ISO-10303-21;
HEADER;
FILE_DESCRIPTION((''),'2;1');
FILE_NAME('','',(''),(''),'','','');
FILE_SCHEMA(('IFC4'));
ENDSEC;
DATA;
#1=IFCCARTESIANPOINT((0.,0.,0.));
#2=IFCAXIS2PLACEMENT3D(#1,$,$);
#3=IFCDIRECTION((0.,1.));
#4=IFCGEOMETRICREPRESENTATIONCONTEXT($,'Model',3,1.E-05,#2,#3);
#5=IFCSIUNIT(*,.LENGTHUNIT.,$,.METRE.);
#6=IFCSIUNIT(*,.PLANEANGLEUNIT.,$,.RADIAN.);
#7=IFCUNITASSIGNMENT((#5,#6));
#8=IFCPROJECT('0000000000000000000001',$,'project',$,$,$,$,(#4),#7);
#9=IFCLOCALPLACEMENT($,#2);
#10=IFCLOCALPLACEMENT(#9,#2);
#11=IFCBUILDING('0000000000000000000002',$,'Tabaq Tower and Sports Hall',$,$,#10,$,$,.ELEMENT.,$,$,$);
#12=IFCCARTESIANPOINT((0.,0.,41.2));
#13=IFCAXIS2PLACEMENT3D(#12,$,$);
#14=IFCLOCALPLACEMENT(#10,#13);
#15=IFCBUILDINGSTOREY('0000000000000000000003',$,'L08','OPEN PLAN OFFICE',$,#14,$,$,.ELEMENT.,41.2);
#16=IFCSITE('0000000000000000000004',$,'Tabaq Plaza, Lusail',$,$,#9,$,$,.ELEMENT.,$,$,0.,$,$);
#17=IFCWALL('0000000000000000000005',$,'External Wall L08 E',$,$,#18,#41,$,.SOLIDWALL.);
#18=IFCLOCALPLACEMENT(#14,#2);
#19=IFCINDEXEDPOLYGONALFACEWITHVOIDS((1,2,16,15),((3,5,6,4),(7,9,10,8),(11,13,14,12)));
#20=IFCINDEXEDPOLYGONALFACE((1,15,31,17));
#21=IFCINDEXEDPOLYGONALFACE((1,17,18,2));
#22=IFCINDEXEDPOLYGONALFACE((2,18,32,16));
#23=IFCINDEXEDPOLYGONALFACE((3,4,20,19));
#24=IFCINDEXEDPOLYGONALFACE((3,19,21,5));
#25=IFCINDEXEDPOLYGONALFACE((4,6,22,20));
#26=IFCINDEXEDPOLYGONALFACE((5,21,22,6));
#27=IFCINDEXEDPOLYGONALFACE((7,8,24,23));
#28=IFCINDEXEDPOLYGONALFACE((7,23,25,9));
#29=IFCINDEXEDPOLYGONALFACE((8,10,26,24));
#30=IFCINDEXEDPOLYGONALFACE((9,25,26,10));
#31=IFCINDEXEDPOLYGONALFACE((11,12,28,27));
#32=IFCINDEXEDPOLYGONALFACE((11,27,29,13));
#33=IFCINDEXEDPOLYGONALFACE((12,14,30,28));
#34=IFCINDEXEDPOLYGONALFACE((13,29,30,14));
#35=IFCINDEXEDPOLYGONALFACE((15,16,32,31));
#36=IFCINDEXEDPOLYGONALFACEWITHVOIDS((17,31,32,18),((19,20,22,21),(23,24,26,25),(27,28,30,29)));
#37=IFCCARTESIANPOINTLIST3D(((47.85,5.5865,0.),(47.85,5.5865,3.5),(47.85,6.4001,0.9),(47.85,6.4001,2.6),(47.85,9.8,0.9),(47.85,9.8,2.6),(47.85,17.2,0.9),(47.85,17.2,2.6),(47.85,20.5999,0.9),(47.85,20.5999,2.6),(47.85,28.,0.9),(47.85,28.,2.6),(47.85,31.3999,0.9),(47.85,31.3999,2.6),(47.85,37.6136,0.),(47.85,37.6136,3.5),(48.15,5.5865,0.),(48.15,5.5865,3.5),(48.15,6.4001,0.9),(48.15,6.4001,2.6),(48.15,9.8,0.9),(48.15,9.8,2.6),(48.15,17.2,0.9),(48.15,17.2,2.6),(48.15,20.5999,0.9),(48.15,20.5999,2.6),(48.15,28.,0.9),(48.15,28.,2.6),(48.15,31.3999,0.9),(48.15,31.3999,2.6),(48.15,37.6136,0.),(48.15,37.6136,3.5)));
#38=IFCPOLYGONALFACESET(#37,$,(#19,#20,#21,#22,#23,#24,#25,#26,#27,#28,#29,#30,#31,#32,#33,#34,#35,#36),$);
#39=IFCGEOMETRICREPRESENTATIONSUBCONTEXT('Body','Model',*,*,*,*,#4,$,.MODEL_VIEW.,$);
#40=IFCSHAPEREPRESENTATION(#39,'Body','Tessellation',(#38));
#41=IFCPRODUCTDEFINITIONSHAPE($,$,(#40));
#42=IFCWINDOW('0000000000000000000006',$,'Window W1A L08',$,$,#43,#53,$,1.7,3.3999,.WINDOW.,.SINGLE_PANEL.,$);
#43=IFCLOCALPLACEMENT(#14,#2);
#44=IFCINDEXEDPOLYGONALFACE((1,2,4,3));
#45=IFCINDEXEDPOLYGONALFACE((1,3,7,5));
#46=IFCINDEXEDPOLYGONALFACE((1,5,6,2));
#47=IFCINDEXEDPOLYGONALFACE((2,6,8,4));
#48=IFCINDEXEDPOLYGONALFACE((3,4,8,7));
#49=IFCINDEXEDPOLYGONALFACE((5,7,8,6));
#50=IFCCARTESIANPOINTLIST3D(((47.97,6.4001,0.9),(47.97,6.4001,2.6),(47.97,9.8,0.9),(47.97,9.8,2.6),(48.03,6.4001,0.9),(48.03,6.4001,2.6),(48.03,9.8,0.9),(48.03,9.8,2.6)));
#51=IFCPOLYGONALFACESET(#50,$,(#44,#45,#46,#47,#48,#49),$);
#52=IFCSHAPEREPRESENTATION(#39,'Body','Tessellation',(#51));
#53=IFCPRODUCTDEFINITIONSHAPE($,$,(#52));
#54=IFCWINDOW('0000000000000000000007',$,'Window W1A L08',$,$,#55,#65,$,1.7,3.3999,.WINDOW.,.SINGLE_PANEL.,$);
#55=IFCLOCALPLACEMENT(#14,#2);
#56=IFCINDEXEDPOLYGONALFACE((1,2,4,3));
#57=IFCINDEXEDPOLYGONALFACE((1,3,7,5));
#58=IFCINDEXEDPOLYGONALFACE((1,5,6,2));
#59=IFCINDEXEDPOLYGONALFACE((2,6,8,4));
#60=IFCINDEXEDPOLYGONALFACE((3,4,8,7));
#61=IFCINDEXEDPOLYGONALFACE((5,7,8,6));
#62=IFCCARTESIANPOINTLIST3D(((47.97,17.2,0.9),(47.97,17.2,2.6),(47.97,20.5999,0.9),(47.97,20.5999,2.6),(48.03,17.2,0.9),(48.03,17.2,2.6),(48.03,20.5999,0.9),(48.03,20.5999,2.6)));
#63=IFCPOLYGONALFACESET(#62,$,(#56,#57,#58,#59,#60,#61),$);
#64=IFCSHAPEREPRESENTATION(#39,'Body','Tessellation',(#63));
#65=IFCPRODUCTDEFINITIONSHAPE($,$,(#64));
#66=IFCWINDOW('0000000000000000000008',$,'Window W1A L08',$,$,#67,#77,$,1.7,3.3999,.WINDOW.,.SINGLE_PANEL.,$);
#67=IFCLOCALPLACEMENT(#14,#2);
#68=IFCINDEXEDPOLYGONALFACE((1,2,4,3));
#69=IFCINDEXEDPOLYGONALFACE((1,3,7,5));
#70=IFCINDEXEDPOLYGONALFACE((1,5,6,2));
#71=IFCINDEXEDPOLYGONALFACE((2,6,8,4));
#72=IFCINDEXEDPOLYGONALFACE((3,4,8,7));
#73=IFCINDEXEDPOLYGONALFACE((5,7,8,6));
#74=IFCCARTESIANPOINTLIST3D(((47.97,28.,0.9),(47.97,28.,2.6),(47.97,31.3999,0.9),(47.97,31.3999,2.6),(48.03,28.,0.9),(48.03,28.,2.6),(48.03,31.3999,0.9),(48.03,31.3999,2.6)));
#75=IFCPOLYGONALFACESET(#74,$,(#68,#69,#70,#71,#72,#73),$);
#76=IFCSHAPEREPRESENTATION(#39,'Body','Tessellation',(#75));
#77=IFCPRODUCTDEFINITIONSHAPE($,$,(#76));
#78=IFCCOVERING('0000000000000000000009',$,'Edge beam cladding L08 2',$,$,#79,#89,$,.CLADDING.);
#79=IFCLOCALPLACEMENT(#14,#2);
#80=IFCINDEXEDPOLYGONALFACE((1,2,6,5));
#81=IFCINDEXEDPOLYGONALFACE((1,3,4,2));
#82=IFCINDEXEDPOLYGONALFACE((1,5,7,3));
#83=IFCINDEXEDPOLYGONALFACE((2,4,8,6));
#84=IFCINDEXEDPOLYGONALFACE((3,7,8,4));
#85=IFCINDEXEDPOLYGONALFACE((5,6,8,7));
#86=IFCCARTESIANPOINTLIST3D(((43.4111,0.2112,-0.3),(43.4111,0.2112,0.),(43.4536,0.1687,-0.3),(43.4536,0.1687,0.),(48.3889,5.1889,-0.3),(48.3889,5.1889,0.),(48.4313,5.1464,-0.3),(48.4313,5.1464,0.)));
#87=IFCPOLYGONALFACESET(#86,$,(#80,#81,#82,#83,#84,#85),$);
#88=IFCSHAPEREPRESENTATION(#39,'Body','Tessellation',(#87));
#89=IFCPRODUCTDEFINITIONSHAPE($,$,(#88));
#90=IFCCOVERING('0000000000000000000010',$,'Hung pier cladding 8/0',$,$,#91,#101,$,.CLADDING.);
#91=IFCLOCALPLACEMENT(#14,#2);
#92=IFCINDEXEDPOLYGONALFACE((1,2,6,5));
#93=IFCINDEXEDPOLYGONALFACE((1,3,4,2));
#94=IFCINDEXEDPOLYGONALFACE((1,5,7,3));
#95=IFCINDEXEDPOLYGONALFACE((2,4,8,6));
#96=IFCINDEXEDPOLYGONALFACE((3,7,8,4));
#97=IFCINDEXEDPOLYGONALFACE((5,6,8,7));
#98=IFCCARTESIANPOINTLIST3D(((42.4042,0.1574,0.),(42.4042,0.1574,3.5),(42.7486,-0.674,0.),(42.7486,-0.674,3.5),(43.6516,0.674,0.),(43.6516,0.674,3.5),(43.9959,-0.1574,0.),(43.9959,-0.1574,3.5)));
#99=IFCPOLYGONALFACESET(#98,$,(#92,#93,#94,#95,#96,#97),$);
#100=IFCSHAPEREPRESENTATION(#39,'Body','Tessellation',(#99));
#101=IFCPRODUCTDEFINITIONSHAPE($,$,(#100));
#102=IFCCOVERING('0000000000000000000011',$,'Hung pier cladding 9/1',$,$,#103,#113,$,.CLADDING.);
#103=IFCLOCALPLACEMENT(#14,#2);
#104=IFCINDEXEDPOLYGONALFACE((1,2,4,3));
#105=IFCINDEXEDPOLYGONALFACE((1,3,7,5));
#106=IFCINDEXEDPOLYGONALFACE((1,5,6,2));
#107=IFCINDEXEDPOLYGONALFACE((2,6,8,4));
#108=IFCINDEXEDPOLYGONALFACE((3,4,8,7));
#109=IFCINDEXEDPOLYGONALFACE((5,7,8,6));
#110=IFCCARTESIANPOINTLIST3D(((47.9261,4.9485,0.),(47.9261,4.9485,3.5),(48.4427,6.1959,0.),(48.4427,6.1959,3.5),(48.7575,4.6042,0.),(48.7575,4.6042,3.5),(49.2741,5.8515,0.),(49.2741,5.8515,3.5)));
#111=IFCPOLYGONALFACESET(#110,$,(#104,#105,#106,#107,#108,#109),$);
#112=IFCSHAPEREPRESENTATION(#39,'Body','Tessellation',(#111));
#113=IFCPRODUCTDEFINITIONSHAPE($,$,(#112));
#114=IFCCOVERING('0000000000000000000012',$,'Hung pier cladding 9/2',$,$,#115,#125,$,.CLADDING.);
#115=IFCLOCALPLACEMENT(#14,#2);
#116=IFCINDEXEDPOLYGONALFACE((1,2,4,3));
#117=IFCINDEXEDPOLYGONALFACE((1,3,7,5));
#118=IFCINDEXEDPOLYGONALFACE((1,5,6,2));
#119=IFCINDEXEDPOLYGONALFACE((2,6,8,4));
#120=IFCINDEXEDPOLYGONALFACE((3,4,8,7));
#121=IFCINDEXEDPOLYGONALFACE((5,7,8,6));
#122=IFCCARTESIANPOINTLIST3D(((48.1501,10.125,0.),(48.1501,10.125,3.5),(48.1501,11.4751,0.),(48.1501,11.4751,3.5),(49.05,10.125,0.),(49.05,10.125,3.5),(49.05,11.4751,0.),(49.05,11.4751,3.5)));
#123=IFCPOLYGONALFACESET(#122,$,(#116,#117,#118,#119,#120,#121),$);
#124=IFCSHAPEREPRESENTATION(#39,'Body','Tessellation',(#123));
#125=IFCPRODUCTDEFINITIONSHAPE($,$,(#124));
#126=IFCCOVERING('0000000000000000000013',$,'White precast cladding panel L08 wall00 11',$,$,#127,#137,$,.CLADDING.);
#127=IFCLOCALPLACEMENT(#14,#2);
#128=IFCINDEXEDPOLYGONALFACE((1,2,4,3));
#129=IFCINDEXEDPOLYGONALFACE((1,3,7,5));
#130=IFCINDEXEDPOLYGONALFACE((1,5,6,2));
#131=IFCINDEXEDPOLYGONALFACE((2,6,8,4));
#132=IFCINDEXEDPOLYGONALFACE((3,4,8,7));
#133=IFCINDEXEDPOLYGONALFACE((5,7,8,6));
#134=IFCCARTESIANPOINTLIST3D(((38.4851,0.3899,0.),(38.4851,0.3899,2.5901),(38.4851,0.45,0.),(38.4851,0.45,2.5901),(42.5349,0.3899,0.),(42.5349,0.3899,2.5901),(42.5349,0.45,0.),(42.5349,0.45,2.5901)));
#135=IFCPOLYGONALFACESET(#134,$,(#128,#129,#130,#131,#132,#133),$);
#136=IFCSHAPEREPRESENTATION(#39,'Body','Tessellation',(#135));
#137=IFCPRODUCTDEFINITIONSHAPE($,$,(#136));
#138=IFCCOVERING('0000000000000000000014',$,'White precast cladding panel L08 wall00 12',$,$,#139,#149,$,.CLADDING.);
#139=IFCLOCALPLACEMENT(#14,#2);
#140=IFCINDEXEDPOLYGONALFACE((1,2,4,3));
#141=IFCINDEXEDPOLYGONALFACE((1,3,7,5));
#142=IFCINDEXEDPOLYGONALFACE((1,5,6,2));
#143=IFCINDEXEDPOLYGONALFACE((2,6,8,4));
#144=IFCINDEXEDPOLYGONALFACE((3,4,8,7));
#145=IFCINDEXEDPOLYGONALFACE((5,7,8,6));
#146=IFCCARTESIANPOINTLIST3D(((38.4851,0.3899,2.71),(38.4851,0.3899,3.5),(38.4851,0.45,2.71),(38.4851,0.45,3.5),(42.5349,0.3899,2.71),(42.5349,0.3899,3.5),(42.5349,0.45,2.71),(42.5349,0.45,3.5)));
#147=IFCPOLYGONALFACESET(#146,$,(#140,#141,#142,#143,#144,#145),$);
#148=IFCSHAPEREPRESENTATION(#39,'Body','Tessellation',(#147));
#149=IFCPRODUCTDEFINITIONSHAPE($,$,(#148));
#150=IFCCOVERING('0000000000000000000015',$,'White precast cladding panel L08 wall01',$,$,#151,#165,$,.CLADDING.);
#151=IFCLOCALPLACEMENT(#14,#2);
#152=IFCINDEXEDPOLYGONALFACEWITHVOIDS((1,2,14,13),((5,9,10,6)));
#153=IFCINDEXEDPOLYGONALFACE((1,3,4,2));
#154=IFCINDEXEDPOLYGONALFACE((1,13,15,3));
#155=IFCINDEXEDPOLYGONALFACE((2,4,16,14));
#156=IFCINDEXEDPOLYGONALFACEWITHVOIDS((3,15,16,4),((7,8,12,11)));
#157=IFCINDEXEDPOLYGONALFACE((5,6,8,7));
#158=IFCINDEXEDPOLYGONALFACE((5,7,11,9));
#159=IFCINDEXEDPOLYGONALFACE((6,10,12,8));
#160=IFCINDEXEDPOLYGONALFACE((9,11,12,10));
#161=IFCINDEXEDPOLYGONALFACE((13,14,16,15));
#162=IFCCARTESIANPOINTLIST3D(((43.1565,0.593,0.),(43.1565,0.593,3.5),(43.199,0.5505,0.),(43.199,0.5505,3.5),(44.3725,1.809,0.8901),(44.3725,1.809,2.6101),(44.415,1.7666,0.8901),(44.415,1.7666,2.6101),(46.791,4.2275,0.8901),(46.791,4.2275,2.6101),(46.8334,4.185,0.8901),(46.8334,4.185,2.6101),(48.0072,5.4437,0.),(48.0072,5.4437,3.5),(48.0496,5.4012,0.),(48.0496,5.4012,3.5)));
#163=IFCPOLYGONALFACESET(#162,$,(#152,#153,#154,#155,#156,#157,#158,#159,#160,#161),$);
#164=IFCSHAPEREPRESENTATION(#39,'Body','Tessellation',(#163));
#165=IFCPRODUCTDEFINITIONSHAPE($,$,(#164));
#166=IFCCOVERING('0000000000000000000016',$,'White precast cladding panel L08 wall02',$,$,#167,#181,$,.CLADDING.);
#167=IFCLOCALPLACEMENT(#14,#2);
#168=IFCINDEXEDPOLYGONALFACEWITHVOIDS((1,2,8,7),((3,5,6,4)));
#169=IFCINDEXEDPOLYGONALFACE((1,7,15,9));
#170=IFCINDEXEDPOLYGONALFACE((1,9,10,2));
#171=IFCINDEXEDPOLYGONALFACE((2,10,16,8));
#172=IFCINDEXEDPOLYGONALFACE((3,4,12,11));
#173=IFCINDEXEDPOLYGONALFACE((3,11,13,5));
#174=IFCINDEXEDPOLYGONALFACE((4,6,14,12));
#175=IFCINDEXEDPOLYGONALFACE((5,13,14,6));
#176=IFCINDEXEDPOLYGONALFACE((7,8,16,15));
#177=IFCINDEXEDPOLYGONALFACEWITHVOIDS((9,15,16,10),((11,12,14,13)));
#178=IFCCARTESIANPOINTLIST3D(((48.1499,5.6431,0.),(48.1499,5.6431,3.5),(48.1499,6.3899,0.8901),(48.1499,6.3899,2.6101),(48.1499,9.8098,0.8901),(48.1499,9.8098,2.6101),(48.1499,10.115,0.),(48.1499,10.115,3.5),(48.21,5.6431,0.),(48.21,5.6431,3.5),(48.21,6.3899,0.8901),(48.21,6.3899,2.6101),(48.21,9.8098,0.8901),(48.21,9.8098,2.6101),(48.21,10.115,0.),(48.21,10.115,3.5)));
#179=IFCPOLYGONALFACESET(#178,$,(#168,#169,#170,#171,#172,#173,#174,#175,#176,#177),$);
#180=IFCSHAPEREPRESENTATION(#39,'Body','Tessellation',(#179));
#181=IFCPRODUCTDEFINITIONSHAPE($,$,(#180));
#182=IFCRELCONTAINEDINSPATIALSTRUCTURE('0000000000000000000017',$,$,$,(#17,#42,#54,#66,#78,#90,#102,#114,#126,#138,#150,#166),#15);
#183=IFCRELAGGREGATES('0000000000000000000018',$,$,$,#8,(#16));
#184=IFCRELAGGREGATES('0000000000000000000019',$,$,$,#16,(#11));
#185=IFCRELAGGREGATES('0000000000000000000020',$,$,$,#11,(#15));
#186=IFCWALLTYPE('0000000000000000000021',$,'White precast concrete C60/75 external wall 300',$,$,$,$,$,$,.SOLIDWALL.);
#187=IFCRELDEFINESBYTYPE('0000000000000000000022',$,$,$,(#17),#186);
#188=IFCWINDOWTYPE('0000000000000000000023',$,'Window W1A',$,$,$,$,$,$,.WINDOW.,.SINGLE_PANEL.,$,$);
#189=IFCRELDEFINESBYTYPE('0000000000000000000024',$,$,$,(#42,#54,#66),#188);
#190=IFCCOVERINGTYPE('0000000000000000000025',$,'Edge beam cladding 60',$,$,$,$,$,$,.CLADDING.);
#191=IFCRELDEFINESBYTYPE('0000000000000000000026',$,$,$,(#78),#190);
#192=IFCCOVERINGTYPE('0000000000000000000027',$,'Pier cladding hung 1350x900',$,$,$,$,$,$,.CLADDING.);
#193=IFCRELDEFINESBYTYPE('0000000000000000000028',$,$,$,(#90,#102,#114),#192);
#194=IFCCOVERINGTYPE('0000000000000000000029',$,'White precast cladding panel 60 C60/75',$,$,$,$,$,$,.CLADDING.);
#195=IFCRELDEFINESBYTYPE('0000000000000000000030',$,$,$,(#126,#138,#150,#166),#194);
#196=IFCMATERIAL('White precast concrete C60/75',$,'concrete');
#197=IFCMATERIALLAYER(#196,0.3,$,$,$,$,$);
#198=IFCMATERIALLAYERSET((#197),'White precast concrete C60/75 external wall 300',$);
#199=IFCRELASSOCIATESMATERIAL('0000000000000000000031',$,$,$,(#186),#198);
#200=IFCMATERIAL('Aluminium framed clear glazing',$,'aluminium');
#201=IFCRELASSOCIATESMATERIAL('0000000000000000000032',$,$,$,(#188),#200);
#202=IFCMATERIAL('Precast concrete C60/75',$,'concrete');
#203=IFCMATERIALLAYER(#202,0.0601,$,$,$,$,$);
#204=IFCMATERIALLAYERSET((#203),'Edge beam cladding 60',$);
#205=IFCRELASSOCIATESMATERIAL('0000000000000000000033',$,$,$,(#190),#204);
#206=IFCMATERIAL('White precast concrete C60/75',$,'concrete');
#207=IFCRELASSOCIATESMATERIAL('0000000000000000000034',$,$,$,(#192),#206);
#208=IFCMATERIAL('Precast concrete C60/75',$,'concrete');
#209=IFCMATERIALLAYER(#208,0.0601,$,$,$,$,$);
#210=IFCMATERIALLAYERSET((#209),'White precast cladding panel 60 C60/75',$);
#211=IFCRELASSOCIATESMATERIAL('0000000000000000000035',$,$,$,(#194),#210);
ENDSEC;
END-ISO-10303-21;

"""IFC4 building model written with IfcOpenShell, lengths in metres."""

from ifc_helpers import new_model, si_unit, direction, frame, frame_2d, origin, place, context, subcontext, project, spatial, polyline, rectangle, outline, extrude, material, layer, layer_set, type_object, element, fill, save


model = new_model("IFC4")

# Units and contexts
model_context = context("Model", 3, precision=1e-05, world=origin(), true_north=direction((0.0, 1.0)))
body_context = subcontext(model_context, "Body", "Model", "MODEL_VIEW")
ifc_project = project(units=[si_unit("LENGTHUNIT", "METRE"), si_unit("PLANEANGLEUNIT", "RADIAN")], contexts=[model_context])

# Site, building, storey
site_placement = place(None, origin())
site = spatial("IfcSite", under=ifc_project, at=site_placement, Name="Tabaq Plaza, Lusail", CompositionType="ELEMENT", RefElevation=0.0)
building_placement = place(site_placement, origin())
building = spatial("IfcBuilding", under=site, at=building_placement, Name="Tabaq Tower and Sports Hall", CompositionType="ELEMENT")
storey_placement = place(building_placement, frame((0.0, 0.0, 41.2)))
storey = spatial("IfcBuildingStorey", under=building, at=storey_placement, Name="L08", Description="OPEN PLAN OFFICE", CompositionType="ELEMENT", Elevation=41.2)

# Shared definitions
ifc_material_1 = material(Name="White precast concrete C60/75", Category="concrete")
ifc_layer_1 = layer(ifc_material_1, 0.3)
ifc_layer_set_1 = layer_set([ifc_layer_1], Name="White precast concrete C60/75 external wall 300")
wall_type_1 = type_object("IfcWallType", Name="White precast concrete C60/75 external wall 300", PredefinedType="SOLIDWALL", material=ifc_layer_set_1)
ifc_material_2 = material(Name="Aluminium framed clear glazing", Category="aluminium")
window_type = type_object("IfcWindowType", Name="Window W1A", PartitioningType="SINGLE_PANEL", PredefinedType="WINDOW", material=ifc_material_2)

# Wall, openings, windows
wall_1_placement = place(storey_placement, frame((48.0, 5.5864, 0.0), z_axis=(0.0, 0.0, 1.0), x_axis=(0.0, 1.0, 0.0)))
wall_1 = element("IfcWall", 1, at=wall_1_placement, inside=storey, type_object=wall_type_1, Name="External Wall L08 E", PredefinedType="SOLIDWALL", context=body_context, shape_type="SweptSolid", body=[
    extrude(rectangle(XDim=32.0271, YDim=0.3, at=frame_2d((16.0137, 0.0))), origin(), (0.0, 0.0, 1.0), 3.5),
])
opening_1_placement = place(wall_1_placement, frame((0.8137, 0.0, 0.8999)))
opening_1 = element("IfcOpeningElement", 2, at=opening_1_placement, cuts=wall_1, PredefinedType="OPENING", context=body_context, shape_type="SweptSolid", body=[
    extrude(rectangle(XDim=3.3999, YDim=1.7, at=frame_2d((1.7, 0.8501))), frame((0.0, 0.1602, 0.0), z_axis=(0.0, -1.0, 0.0), x_axis=(1.0, 0.0, 0.0)), (0.0, 0.0, 1.0), 0.3201),
])
opening_2_placement = place(wall_1_placement, frame((11.6135, 0.0, 0.8999)))
opening_2 = element("IfcOpeningElement", 3, at=opening_2_placement, cuts=wall_1, PredefinedType="OPENING", context=body_context, shape_type="SweptSolid", body=[
    extrude(rectangle(XDim=3.3999, YDim=1.7, at=frame_2d((1.7, 0.8501))), frame((0.0, 0.1602, 0.0), z_axis=(0.0, -1.0, 0.0), x_axis=(1.0, 0.0, 0.0)), (0.0, 0.0, 1.0), 0.3201),
])
opening_3_placement = place(wall_1_placement, frame((22.4136, 0.0, 0.8999)))
opening_3 = element("IfcOpeningElement", 4, at=opening_3_placement, cuts=wall_1, PredefinedType="OPENING", context=body_context, shape_type="SweptSolid", body=[
    extrude(rectangle(XDim=3.3999, YDim=1.7, at=frame_2d((1.7, 0.8501))), frame((0.0, 0.1602, 0.0), z_axis=(0.0, -1.0, 0.0), x_axis=(1.0, 0.0, 0.0)), (0.0, 0.0, 1.0), 0.3201),
])
window_1_placement = place(opening_1_placement, origin())
window_1 = element("IfcWindow", 5, at=window_1_placement, inside=storey, type_object=window_type, Name="Window W1A L08", OverallHeight=1.7, OverallWidth=3.3999, PartitioningType="SINGLE_PANEL", PredefinedType="WINDOW", context=body_context, shape_type="SweptSolid", body=[
    extrude(rectangle(XDim=3.3999, YDim=1.7, at=frame_2d((1.7, 0.8501))), frame((0.0, 0.03, 0.0), z_axis=(0.0, -1.0, 0.0), x_axis=(1.0, 0.0, 0.0)), (0.0, 0.0, 1.0), 0.0601),
])
fill(opening_1, window_1)
window_2_placement = place(opening_2_placement, origin())
window_2 = element("IfcWindow", 6, at=window_2_placement, inside=storey, type_object=window_type, Name="Window W1A L08", OverallHeight=1.7, OverallWidth=3.3999, PartitioningType="SINGLE_PANEL", PredefinedType="WINDOW", context=body_context, shape_type="SweptSolid", body=[
    extrude(rectangle(XDim=3.3999, YDim=1.7, at=frame_2d((1.7, 0.8501))), frame((0.0, 0.03, 0.0), z_axis=(0.0, -1.0, 0.0), x_axis=(1.0, 0.0, 0.0)), (0.0, 0.0, 1.0), 0.0601),
])
fill(opening_2, window_2)
window_3_placement = place(opening_3_placement, origin())
window_3 = element("IfcWindow", 7, at=window_3_placement, inside=storey, type_object=window_type, Name="Window W1A L08", OverallHeight=1.7, OverallWidth=3.3999, PartitioningType="SINGLE_PANEL", PredefinedType="WINDOW", context=body_context, shape_type="SweptSolid", body=[
    extrude(rectangle(XDim=3.3999, YDim=1.7, at=frame_2d((1.7, 0.8501))), frame((0.0, 0.03, 0.0), z_axis=(0.0, -1.0, 0.0), x_axis=(1.0, 0.0, 0.0)), (0.0, 0.0, 1.0), 0.0601),
])
fill(opening_3, window_3)

# Coverings
ifc_material_3 = material(Name="Precast concrete C60/75", Category="concrete")
ifc_layer_2 = layer(ifc_material_3, 0.0601)
ifc_layer_set_2 = layer_set([ifc_layer_2], Name="Edge beam cladding 60")
covering_type_1 = type_object("IfcCoveringType", Name="Edge beam cladding 60", PredefinedType="CLADDING", material=ifc_layer_set_2)
covering_1_placement = place(storey_placement, frame((43.4324, 0.1899, -0.3), z_axis=(0.0, 0.0, 1.0), x_axis=(0.707107, 0.707107, 0.0)))
element("IfcCovering", 8, at=covering_1_placement, inside=storey, type_object=covering_type_1, Name="Edge beam cladding L08 2", PredefinedType="CLADDING", context=body_context, shape_type="SweptSolid", body=[
    extrude(rectangle(XDim=7.0396, YDim=0.0601, at=frame_2d((3.5198, 0.0))), origin(), (0.0, 0.0, 1.0), 0.3),
])
ifc_material_4 = material(Name="White precast concrete C60/75", Category="concrete")
covering_type_2 = type_object("IfcCoveringType", Name="Pier cladding hung 1350x900", PredefinedType="CLADDING", material=ifc_material_4)
for number, where, z_axis, x_axis, name in (
    (9, (42.5764, -0.2583, 0.0), (0.0, 0.0, 1.0), (0.923893, 0.38265, 0.0), "Hung pier cladding 8/0"),
    (10, (48.3418, 4.7764, 0.0), (0.0, 0.0, 1.0), (0.38265, 0.923893, 0.0), "Hung pier cladding 9/1"),
    (11, (48.6001, 10.125, 0.0), (0.0, 0.0, 1.0), (0.0, 1.0, 0.0), "Hung pier cladding 9/2"),
):
    element("IfcCovering", number, at=place(storey_placement, frame(where, z_axis=z_axis, x_axis=x_axis)), inside=storey, type_object=covering_type_2, Name=name, PredefinedType="CLADDING", context=body_context, shape_type="SweptSolid", body=[
        extrude(rectangle(XDim=1.3501, YDim=0.8999, at=frame_2d((0.675, 0.0))), origin(), (0.0, 0.0, 1.0), 3.5),
    ])
ifc_material_5 = material(Name="Precast concrete C60/75", Category="concrete")
ifc_layer_3 = layer(ifc_material_5, 0.0601)
ifc_layer_set_3 = layer_set([ifc_layer_3], Name="White precast cladding panel 60 C60/75")
covering_type_3 = type_object("IfcCoveringType", Name="White precast cladding panel 60 C60/75", PredefinedType="CLADDING", material=ifc_layer_set_3)
covering_2_placement = place(storey_placement, frame((38.4851, 0.4199, 0.0), z_axis=(0.0, 0.0, 1.0), x_axis=(1.0, 0.0, 0.0)))
element("IfcCovering", 12, at=covering_2_placement, inside=storey, type_object=covering_type_3, Name="White precast cladding panel L08 wall00 11", PredefinedType="CLADDING", context=body_context, shape_type="SweptSolid", body=[
    extrude(rectangle(XDim=4.0498, YDim=0.0601, at=frame_2d((2.0249, 0.0))), origin(), (0.0, 0.0, 1.0), 2.5901),
])
covering_3_placement = place(storey_placement, frame((38.4851, 0.4199, 2.71), z_axis=(0.0, 0.0, 1.0), x_axis=(1.0, 0.0, 0.0)))
element("IfcCovering", 13, at=covering_3_placement, inside=storey, type_object=covering_type_3, Name="White precast cladding panel L08 wall00 12", PredefinedType="CLADDING", context=body_context, shape_type="SweptSolid", body=[
    extrude(rectangle(XDim=4.0498, YDim=0.0601, at=frame_2d((2.0249, 0.0))), origin(), (0.0, 0.0, 1.0), 0.79),
])
covering_4_placement = place(storey_placement, frame((43.1777, 0.5718, 0.0), z_axis=(0.0, 0.0, 1.0), x_axis=(0.707107, 0.707107, 0.0)))
element("IfcCovering", 14, at=covering_4_placement, inside=storey, type_object=covering_type_3, Name="White precast cladding panel L08 wall01", PredefinedType="CLADDING", context=body_context, shape_type="SweptSolid", body=[
    extrude(outline(polyline([(0.0, 0.0), (6.8599, 0.0), (6.8599, 3.5), (0.0, 3.5), (0.0, 0.0)]), holes=[polyline([(1.7197, 0.8901), (1.7197, 2.6101), (5.1399, 2.6101), (5.1399, 0.8901), (1.7197, 0.8901)])]), frame((0.0, 0.03, 0.0), z_axis=(0.0, -1.0, 0.0), x_axis=(1.0, 0.0, 0.0)), (0.0, 0.0, 1.0), 0.0601),
])
covering_5_placement = place(storey_placement, frame((48.1799, 5.6431, 0.0), z_axis=(0.0, 0.0, 1.0), x_axis=(0.0, 1.0, 0.0)))
element("IfcCovering", 15, at=covering_5_placement, inside=storey, type_object=covering_type_3, Name="White precast cladding panel L08 wall02", PredefinedType="CLADDING", context=body_context, shape_type="SweptSolid", body=[
    extrude(outline(polyline([(0.0, 0.0), (4.4719, 0.0), (4.4719, 3.5), (0.0, 3.5), (0.0, 0.0)]), holes=[polyline([(0.7468, 0.8901), (0.7468, 2.6101), (4.1667, 2.6101), (4.1667, 0.8901), (0.7468, 0.8901)])]), frame((0.0, 0.03, 0.0), z_axis=(0.0, -1.0, 0.0), x_axis=(1.0, 0.0, 0.0)), (0.0, 0.0, 1.0), 0.0601),
])

save(model, "model.ifc")
